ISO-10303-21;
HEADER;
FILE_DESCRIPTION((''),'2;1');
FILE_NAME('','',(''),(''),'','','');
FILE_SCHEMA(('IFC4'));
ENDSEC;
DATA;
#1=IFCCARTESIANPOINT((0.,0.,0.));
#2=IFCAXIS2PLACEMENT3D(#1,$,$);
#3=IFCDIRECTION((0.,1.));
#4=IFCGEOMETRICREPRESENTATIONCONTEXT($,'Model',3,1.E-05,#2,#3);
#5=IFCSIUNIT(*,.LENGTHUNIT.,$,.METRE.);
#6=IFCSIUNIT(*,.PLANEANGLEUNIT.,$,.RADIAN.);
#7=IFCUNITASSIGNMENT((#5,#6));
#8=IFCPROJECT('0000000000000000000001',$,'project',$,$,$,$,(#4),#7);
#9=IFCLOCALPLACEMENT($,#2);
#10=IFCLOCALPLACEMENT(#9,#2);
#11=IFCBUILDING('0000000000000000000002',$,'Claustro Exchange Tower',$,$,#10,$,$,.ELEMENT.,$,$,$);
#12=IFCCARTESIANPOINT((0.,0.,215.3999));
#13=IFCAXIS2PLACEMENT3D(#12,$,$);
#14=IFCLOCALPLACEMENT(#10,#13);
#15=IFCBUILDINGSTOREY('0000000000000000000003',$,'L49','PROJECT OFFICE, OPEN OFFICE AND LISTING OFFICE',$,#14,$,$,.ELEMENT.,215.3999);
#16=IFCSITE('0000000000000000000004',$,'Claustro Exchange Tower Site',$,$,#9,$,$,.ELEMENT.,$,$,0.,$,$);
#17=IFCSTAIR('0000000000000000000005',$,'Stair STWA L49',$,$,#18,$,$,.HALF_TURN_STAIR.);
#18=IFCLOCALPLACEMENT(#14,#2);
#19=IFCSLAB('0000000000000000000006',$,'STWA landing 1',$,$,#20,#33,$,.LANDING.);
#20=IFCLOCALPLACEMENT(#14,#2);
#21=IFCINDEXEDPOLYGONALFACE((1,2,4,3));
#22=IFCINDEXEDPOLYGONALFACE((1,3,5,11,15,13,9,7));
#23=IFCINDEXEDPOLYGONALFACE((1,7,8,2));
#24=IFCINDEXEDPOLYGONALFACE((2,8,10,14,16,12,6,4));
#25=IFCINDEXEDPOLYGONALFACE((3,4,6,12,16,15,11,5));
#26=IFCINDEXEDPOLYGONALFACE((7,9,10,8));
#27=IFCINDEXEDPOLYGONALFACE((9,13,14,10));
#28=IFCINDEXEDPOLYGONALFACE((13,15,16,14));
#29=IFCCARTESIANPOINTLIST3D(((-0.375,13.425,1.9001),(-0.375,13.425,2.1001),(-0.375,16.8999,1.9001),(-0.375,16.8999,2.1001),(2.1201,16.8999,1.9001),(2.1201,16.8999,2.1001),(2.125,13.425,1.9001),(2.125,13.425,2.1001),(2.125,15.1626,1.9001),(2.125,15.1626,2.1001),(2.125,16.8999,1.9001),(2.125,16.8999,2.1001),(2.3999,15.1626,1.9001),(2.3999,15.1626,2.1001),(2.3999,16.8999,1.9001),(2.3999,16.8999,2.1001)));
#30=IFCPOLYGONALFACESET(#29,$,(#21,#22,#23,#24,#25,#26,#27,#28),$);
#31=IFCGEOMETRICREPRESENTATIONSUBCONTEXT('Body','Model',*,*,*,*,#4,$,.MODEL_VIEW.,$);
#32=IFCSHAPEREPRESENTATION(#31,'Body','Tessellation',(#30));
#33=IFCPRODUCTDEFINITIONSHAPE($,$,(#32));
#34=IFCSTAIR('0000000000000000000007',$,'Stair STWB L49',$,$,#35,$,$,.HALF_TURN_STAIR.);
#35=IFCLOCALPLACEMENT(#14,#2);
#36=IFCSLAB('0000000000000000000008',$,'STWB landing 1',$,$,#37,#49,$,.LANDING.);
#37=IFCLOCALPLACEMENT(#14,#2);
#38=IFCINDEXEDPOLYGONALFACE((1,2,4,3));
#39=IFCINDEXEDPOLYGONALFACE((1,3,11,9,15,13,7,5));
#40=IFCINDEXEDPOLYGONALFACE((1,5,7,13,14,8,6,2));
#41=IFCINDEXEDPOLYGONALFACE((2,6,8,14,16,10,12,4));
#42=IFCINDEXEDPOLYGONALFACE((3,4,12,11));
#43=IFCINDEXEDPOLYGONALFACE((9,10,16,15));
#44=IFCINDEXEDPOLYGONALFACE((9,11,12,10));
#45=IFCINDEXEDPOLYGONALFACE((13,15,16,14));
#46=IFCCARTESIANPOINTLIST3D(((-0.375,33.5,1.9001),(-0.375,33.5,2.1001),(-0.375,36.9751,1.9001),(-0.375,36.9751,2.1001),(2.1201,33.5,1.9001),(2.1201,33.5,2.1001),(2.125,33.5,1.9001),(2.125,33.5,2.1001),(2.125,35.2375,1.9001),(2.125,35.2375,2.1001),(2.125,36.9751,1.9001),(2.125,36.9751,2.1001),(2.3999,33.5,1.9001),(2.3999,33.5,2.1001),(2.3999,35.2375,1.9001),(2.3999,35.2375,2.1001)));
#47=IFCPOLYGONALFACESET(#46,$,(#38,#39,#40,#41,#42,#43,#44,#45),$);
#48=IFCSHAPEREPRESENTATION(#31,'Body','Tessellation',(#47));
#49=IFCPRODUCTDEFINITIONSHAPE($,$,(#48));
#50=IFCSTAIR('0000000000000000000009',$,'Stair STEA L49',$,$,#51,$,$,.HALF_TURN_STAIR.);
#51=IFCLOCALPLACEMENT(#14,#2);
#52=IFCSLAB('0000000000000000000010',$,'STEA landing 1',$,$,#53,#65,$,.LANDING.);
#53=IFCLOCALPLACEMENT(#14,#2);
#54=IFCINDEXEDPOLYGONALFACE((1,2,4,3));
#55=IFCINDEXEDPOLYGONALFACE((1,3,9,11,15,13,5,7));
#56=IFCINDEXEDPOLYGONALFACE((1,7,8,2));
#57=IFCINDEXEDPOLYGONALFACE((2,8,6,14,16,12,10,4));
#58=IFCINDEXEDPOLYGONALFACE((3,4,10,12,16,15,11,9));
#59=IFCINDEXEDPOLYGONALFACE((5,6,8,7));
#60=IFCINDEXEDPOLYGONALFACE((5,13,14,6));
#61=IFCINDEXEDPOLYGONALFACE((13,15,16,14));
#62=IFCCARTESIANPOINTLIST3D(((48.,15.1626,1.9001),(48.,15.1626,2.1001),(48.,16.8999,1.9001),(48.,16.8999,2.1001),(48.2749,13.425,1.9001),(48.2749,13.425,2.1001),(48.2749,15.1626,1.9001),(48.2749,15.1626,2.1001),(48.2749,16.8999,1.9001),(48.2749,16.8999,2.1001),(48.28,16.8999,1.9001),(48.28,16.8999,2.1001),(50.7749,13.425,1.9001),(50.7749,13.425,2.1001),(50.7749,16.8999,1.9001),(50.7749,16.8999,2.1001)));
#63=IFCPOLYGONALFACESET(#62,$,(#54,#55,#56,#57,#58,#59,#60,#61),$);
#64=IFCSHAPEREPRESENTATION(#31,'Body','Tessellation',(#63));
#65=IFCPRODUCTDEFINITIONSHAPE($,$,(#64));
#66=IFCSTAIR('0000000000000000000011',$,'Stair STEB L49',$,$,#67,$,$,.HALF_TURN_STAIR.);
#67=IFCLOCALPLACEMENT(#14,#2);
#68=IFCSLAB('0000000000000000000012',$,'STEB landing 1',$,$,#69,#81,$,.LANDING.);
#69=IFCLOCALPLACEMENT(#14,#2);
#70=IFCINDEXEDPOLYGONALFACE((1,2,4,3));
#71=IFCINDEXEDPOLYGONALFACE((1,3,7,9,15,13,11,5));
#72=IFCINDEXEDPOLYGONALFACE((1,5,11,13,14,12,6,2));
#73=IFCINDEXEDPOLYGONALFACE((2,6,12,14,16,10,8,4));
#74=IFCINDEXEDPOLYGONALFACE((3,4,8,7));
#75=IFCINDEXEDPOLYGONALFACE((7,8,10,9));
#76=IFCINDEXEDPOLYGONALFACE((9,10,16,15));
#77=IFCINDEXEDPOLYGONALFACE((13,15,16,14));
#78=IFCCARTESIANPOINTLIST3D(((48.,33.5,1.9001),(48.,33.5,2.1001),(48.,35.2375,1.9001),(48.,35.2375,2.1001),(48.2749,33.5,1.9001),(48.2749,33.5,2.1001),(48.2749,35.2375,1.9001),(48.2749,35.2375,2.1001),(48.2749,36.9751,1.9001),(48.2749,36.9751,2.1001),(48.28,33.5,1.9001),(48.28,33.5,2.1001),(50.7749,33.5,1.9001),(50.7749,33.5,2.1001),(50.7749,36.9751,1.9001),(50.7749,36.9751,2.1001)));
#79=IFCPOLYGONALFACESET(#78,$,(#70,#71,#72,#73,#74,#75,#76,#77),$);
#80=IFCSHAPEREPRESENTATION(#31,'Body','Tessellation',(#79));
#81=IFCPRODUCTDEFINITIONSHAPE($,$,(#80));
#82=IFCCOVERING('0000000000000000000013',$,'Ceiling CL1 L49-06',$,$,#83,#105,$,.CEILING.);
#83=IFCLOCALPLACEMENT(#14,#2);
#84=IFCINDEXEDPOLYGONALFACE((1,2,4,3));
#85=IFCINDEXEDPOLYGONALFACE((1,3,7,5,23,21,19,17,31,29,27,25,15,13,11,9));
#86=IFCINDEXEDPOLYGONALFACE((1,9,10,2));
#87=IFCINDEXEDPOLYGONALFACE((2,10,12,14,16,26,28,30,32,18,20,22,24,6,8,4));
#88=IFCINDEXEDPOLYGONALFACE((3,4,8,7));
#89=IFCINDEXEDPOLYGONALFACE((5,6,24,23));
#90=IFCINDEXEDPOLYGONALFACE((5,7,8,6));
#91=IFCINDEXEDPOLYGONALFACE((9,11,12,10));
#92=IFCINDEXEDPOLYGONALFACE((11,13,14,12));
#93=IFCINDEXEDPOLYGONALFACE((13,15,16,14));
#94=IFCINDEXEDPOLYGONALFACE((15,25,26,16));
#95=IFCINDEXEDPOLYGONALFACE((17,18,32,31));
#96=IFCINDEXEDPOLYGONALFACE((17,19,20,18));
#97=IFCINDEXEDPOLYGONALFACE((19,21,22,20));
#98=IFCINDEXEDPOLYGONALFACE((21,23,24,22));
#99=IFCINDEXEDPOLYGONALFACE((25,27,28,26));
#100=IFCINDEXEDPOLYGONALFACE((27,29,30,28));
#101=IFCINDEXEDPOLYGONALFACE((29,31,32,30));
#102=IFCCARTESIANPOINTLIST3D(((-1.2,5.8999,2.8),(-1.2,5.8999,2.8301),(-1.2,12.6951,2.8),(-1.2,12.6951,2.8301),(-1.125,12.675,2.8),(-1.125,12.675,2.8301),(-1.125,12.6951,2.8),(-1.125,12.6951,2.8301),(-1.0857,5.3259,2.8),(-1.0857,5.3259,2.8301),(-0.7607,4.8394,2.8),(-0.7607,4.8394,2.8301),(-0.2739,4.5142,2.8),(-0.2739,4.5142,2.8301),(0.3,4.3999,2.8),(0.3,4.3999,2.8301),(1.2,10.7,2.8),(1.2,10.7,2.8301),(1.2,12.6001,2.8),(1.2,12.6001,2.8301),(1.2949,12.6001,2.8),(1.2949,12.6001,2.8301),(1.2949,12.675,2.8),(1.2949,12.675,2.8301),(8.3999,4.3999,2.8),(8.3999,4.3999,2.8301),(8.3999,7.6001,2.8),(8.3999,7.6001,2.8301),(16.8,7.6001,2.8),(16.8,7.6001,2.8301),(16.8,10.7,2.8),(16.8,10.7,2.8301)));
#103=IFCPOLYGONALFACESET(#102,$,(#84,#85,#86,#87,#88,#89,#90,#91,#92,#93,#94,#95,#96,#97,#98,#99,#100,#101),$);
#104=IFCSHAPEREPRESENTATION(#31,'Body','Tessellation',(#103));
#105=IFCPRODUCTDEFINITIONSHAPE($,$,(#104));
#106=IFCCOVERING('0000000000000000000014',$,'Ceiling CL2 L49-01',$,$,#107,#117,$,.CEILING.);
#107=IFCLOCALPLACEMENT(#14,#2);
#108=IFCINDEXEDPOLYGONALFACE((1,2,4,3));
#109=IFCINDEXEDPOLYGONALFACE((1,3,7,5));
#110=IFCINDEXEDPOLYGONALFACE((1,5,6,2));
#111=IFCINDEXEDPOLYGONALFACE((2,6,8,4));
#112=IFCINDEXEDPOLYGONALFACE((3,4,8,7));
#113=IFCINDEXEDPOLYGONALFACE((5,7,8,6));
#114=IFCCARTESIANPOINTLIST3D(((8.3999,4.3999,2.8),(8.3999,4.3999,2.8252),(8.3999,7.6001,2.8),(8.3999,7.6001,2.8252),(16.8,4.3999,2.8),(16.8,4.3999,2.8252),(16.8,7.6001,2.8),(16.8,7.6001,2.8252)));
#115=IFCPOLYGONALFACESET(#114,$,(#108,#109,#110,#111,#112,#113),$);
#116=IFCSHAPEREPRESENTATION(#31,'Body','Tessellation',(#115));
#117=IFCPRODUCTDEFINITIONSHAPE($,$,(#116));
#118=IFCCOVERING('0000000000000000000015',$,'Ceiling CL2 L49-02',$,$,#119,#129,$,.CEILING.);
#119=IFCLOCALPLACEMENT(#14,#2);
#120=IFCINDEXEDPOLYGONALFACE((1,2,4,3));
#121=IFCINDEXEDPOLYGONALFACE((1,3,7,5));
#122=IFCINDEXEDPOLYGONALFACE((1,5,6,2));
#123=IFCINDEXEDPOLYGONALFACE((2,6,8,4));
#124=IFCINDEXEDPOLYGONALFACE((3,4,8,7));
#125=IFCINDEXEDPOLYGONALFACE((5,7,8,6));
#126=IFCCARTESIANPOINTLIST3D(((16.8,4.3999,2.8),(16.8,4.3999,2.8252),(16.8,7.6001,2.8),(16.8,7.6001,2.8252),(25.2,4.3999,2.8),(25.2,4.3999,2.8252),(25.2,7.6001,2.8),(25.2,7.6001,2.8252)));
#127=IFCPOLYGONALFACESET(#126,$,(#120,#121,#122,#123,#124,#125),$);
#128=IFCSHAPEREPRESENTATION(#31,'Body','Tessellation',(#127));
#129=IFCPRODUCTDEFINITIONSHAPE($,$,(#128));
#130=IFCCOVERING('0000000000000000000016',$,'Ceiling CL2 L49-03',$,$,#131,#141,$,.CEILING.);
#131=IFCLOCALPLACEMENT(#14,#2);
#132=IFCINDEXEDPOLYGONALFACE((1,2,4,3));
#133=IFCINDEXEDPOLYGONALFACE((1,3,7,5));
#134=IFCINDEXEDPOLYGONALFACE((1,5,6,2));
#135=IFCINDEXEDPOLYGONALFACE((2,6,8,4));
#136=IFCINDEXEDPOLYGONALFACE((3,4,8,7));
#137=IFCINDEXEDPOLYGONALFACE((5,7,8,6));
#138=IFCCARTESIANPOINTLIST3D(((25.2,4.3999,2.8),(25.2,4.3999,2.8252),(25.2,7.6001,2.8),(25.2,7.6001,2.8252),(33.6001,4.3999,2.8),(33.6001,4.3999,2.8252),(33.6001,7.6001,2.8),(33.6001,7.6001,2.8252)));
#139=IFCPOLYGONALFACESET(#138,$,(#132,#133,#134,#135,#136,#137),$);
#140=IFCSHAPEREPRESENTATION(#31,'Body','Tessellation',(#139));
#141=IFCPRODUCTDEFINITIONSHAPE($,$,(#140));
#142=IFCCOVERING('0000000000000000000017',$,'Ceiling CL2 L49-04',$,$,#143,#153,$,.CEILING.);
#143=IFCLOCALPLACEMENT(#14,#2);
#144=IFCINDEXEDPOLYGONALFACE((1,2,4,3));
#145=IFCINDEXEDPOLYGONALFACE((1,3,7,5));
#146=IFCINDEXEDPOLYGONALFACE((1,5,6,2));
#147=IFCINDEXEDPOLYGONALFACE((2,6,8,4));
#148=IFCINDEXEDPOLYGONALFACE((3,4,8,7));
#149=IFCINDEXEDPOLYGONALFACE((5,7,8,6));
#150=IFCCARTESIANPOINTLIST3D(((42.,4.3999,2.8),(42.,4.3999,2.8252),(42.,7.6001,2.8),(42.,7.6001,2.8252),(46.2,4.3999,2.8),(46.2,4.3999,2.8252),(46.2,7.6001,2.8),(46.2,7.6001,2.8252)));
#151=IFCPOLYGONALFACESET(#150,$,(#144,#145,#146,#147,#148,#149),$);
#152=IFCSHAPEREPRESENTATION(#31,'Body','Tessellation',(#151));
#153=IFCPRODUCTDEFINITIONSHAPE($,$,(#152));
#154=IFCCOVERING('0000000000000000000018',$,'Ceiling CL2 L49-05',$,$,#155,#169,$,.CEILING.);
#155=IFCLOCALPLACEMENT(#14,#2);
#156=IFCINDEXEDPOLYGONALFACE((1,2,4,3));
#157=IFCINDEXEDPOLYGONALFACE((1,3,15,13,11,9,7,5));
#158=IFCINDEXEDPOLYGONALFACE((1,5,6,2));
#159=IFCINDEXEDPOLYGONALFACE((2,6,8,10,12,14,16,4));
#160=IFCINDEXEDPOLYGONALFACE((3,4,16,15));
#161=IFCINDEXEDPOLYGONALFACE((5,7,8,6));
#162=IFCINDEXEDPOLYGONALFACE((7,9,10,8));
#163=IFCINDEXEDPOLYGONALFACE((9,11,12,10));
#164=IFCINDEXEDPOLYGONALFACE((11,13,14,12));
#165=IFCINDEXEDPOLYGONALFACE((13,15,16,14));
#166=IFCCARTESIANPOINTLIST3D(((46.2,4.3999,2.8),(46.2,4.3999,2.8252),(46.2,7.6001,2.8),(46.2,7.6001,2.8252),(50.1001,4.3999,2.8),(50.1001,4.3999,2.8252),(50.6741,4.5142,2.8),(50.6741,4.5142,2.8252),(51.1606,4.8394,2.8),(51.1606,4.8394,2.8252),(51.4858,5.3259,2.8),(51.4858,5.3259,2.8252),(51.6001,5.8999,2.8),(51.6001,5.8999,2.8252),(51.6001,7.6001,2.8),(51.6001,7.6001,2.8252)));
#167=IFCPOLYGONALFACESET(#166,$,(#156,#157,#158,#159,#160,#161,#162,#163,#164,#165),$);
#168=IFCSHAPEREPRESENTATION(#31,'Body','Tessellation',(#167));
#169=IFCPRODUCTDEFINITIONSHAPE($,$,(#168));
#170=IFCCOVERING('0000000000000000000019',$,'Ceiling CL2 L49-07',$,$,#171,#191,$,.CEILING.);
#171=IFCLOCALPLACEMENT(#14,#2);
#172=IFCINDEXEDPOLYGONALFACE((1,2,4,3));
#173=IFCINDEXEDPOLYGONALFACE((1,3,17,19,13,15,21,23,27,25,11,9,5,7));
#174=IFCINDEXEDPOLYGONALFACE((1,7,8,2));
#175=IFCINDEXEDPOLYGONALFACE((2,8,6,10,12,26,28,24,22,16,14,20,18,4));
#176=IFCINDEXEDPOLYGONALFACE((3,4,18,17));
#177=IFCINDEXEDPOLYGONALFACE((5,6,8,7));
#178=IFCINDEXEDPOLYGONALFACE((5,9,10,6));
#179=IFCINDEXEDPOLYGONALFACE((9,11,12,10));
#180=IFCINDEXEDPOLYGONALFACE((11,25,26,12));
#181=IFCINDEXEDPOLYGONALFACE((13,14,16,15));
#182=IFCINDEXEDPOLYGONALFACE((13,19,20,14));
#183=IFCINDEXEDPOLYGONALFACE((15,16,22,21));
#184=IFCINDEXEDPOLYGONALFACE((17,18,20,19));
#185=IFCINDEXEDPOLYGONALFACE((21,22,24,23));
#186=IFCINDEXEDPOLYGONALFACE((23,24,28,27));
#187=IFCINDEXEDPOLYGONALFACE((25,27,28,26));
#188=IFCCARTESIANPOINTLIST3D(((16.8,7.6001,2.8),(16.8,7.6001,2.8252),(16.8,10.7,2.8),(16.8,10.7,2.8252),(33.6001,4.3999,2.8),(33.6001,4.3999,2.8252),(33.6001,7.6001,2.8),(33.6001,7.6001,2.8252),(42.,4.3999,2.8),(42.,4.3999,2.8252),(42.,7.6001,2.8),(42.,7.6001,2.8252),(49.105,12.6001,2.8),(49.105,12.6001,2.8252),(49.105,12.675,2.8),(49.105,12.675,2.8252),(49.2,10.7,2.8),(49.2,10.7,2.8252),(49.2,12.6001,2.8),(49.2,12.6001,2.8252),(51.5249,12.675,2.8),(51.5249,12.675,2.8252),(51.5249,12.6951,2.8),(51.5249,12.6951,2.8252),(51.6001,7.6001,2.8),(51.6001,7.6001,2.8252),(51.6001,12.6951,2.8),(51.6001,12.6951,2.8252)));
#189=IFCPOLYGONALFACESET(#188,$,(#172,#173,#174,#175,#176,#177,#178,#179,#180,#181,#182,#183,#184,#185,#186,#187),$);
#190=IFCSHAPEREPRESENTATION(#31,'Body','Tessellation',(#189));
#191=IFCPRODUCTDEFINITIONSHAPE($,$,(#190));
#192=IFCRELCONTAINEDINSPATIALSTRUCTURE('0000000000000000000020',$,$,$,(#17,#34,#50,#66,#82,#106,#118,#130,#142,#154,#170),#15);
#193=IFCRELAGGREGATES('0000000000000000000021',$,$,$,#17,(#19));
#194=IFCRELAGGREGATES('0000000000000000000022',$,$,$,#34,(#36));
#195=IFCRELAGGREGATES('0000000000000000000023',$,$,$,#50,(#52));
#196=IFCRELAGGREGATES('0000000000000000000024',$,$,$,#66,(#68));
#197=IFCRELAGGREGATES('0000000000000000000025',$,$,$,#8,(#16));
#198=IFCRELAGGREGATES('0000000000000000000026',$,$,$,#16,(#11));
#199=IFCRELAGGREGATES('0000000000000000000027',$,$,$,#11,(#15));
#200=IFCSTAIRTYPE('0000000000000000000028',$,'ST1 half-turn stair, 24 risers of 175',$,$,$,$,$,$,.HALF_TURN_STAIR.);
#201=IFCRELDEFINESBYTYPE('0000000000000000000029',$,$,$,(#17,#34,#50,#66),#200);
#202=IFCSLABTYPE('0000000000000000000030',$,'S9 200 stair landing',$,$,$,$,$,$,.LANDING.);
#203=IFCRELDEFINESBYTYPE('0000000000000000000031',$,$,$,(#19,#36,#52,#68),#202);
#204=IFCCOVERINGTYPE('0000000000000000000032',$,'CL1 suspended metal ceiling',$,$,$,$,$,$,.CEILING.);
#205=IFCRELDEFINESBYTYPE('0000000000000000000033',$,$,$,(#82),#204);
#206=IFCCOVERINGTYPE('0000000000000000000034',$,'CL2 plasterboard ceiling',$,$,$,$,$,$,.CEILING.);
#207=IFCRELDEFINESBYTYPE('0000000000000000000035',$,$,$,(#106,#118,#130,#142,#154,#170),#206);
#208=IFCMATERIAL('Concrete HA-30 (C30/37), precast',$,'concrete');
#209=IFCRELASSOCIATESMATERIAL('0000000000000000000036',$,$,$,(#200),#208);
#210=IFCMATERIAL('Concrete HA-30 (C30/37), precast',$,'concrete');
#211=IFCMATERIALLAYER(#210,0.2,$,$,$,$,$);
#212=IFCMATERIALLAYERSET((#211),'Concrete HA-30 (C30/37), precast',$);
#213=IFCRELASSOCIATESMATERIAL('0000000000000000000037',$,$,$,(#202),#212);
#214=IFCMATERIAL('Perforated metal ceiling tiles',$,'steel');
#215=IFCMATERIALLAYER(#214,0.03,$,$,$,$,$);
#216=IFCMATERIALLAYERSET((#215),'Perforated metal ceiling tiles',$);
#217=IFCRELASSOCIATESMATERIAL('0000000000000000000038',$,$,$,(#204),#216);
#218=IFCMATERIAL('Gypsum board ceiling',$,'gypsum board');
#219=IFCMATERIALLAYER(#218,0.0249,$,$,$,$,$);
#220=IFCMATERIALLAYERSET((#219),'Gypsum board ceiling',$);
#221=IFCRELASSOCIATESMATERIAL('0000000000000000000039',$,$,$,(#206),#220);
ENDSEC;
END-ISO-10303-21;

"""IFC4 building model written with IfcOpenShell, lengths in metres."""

from ifc_helpers import new_model, si_unit, direction, frame, origin, place, context, subcontext, project, spatial, polyline, outline, extrude, material, layer, layer_set, type_object, element, aggregate, save


model = new_model("IFC4")

# Units and contexts
model_context = context("Model", 3, precision=1e-05, world=origin(), true_north=direction((0.0, 1.0)))
body_context = subcontext(model_context, "Body", "Model", "MODEL_VIEW")
ifc_project = project(units=[si_unit("LENGTHUNIT", "METRE"), si_unit("PLANEANGLEUNIT", "RADIAN")], contexts=[model_context])

# Site, building, storey
site_placement = place(None, origin())
site = spatial("IfcSite", under=ifc_project, at=site_placement, Name="Claustro Exchange Tower Site", CompositionType="ELEMENT", RefElevation=0.0)
building_placement = place(site_placement, origin())
building = spatial("IfcBuilding", under=site, at=building_placement, Name="Claustro Exchange Tower", CompositionType="ELEMENT")
storey_placement = place(building_placement, frame((0.0, 0.0, 215.3999)))
storey = spatial("IfcBuildingStorey", under=building, at=storey_placement, Name="L49", Description="PROJECT OFFICE, OPEN OFFICE AND LISTING OFFICE", CompositionType="ELEMENT", Elevation=215.3999)

# Stairs, slabs
ifc_material_1 = material(Name="Concrete HA-30 (C30/37), precast", Category="concrete")
stair_type = type_object("IfcStairType", Name="ST1 half-turn stair, 24 risers of 175", PredefinedType="HALF_TURN_STAIR", material=ifc_material_1)
stair_1_placement = place(storey_placement, origin())
stair_1 = element("IfcStair", 1, at=stair_1_placement, inside=storey, type_object=stair_type, Name="Stair STWA L49", PredefinedType="HALF_TURN_STAIR")
ifc_material_2 = material(Name="Concrete HA-30 (C30/37), precast", Category="concrete")
ifc_layer_1 = layer(ifc_material_2, 0.2)
ifc_layer_set_1 = layer_set([ifc_layer_1], Name="Concrete HA-30 (C30/37), precast")
slab_type_1 = type_object("IfcSlabType", Name="S9 200 stair landing", PredefinedType="LANDING", material=ifc_layer_set_1)
slab_1_placement = place(storey_placement, frame((0.0, 0.0, 1.9001)))
slab_1 = element("IfcSlab", 2, at=slab_1_placement, type_object=slab_type_1, Name="STWA landing 1", PredefinedType="LANDING", context=body_context, shape_type="SweptSolid", body=[
    extrude(outline(polyline([(2.125, 13.425), (-0.375, 13.425), (-0.375, 16.8999), (2.1201, 16.8999), (2.125, 16.8999), (2.3999, 16.8999), (2.3999, 15.1626), (2.125, 15.1626), (2.125, 13.425)])), origin(), (0.0, 0.0, 1.0), 0.2),
])
aggregate(stair_1, [slab_1])
stair_2_placement = place(storey_placement, origin())
stair_2 = element("IfcStair", 3, at=stair_2_placement, inside=storey, type_object=stair_type, Name="Stair STWB L49", PredefinedType="HALF_TURN_STAIR")
slab_2_placement = place(storey_placement, frame((0.0, 0.0, 1.9001)))
slab_2 = element("IfcSlab", 4, at=slab_2_placement, type_object=slab_type_1, Name="STWB landing 1", PredefinedType="LANDING", context=body_context, shape_type="SweptSolid", body=[
    extrude(outline(polyline([(2.3999, 35.2375), (2.3999, 33.5), (2.125, 33.5), (2.1201, 33.5), (-0.375, 33.5), (-0.375, 36.9751), (2.125, 36.9751), (2.125, 35.2375), (2.3999, 35.2375)])), origin(), (0.0, 0.0, 1.0), 0.2),
])
aggregate(stair_2, [slab_2])
stair_3_placement = place(storey_placement, origin())
stair_3 = element("IfcStair", 5, at=stair_3_placement, inside=storey, type_object=stair_type, Name="Stair STEA L49", PredefinedType="HALF_TURN_STAIR")
slab_3_placement = place(storey_placement, frame((0.0, 0.0, 1.9001)))
slab_3 = element("IfcSlab", 6, at=slab_3_placement, type_object=slab_type_1, Name="STEA landing 1", PredefinedType="LANDING", context=body_context, shape_type="SweptSolid", body=[
    extrude(outline(polyline([(50.7749, 16.8999), (50.7749, 13.425), (48.2749, 13.425), (48.2749, 15.1626), (48.0, 15.1626), (48.0, 16.8999), (48.2749, 16.8999), (48.28, 16.8999), (50.7749, 16.8999)])), origin(), (0.0, 0.0, 1.0), 0.2),
])
aggregate(stair_3, [slab_3])
stair_4_placement = place(storey_placement, origin())
stair_4 = element("IfcStair", 7, at=stair_4_placement, inside=storey, type_object=stair_type, Name="Stair STEB L49", PredefinedType="HALF_TURN_STAIR")
slab_4_placement = place(storey_placement, frame((0.0, 0.0, 1.9001)))
slab_4 = element("IfcSlab", 8, at=slab_4_placement, type_object=slab_type_1, Name="STEB landing 1", PredefinedType="LANDING", context=body_context, shape_type="SweptSolid", body=[
    extrude(outline(polyline([(48.0, 33.5), (48.0, 35.2375), (48.2749, 35.2375), (48.2749, 36.9751), (50.7749, 36.9751), (50.7749, 33.5), (48.28, 33.5), (48.2749, 33.5), (48.0, 33.5)])), origin(), (0.0, 0.0, 1.0), 0.2),
])
aggregate(stair_4, [slab_4])

# Coverings
ifc_material_3 = material(Name="Perforated metal ceiling tiles", Category="steel")
ifc_layer_2 = layer(ifc_material_3, 0.03)
ifc_layer_set_2 = layer_set([ifc_layer_2], Name="Perforated metal ceiling tiles")
covering_type_1 = type_object("IfcCoveringType", Name="CL1 suspended metal ceiling", PredefinedType="CEILING", material=ifc_layer_set_2)
covering_1_placement = place(storey_placement, frame((0.0, 0.0, 2.8)))
element("IfcCovering", 9, at=covering_1_placement, inside=storey, type_object=covering_type_1, Name="Ceiling CL1 L49-06", PredefinedType="CEILING", context=body_context, shape_type="SweptSolid", body=[
    extrude(outline(polyline([(-1.2, 12.6951), (-1.2, 5.8999), (-1.0857, 5.3259), (-0.7607, 4.8394), (-0.2739, 4.5142), (0.3, 4.3999), (8.3999, 4.3999), (8.3999, 7.6001), (16.8, 7.6001), (16.8, 10.7), (1.2, 10.7), (1.2, 12.6001), (1.2949, 12.6001), (1.2949, 12.675), (-1.125, 12.675), (-1.125, 12.6951), (-1.2, 12.6951)])), origin(), (0.0, 0.0, 1.0), 0.03),
])
ifc_material_4 = material(Name="Gypsum board ceiling", Category="gypsum board")
ifc_layer_3 = layer(ifc_material_4, 0.0249)
ifc_layer_set_3 = layer_set([ifc_layer_3], Name="Gypsum board ceiling")
covering_type_2 = type_object("IfcCoveringType", Name="CL2 plasterboard ceiling", PredefinedType="CEILING", material=ifc_layer_set_3)
covering_2_placement = place(storey_placement, frame((0.0, 0.0, 2.8)))
element("IfcCovering", 10, at=covering_2_placement, inside=storey, type_object=covering_type_2, Name="Ceiling CL2 L49-01", PredefinedType="CEILING", context=body_context, shape_type="SweptSolid", body=[
    extrude(outline(polyline([(8.3999, 4.3999), (16.8, 4.3999), (16.8, 7.6001), (8.3999, 7.6001), (8.3999, 4.3999)])), origin(), (0.0, 0.0, 1.0), 0.0251),
])
covering_3_placement = place(storey_placement, frame((0.0, 0.0, 2.8)))
element("IfcCovering", 11, at=covering_3_placement, inside=storey, type_object=covering_type_2, Name="Ceiling CL2 L49-02", PredefinedType="CEILING", context=body_context, shape_type="SweptSolid", body=[
    extrude(outline(polyline([(16.8, 4.3999), (25.2, 4.3999), (25.2, 7.6001), (16.8, 7.6001), (16.8, 4.3999)])), origin(), (0.0, 0.0, 1.0), 0.0251),
])
covering_4_placement = place(storey_placement, frame((0.0, 0.0, 2.8)))
element("IfcCovering", 12, at=covering_4_placement, inside=storey, type_object=covering_type_2, Name="Ceiling CL2 L49-03", PredefinedType="CEILING", context=body_context, shape_type="SweptSolid", body=[
    extrude(outline(polyline([(25.2, 4.3999), (33.6001, 4.3999), (33.6001, 7.6001), (25.2, 7.6001), (25.2, 4.3999)])), origin(), (0.0, 0.0, 1.0), 0.0251),
])
covering_5_placement = place(storey_placement, frame((0.0, 0.0, 2.8)))
element("IfcCovering", 13, at=covering_5_placement, inside=storey, type_object=covering_type_2, Name="Ceiling CL2 L49-04", PredefinedType="CEILING", context=body_context, shape_type="SweptSolid", body=[
    extrude(outline(polyline([(42.0, 4.3999), (46.2, 4.3999), (46.2, 7.6001), (42.0, 7.6001), (42.0, 4.3999)])), origin(), (0.0, 0.0, 1.0), 0.0251),
])
covering_6_placement = place(storey_placement, frame((0.0, 0.0, 2.8)))
element("IfcCovering", 14, at=covering_6_placement, inside=storey, type_object=covering_type_2, Name="Ceiling CL2 L49-05", PredefinedType="CEILING", context=body_context, shape_type="SweptSolid", body=[
    extrude(outline(polyline([(51.6001, 5.8999), (51.6001, 7.6001), (46.2, 7.6001), (46.2, 4.3999), (50.1001, 4.3999), (50.6741, 4.5142), (51.1606, 4.8394), (51.4858, 5.3259), (51.6001, 5.8999)])), origin(), (0.0, 0.0, 1.0), 0.0251),
])
covering_7_placement = place(storey_placement, frame((0.0, 0.0, 2.8)))
element("IfcCovering", 15, at=covering_7_placement, inside=storey, type_object=covering_type_2, Name="Ceiling CL2 L49-07", PredefinedType="CEILING", context=body_context, shape_type="SweptSolid", body=[
    extrude(outline(polyline([(51.6001, 7.6001), (51.6001, 12.6951), (51.5249, 12.6951), (51.5249, 12.675), (49.105, 12.675), (49.105, 12.6001), (49.2, 12.6001), (49.2, 10.7), (16.8, 10.7), (16.8, 7.6001), (33.6001, 7.6001), (33.6001, 4.3999), (42.0, 4.3999), (42.0, 7.6001), (51.6001, 7.6001)])), origin(), (0.0, 0.0, 1.0), 0.0251),
])

save(model, "model.ifc")
